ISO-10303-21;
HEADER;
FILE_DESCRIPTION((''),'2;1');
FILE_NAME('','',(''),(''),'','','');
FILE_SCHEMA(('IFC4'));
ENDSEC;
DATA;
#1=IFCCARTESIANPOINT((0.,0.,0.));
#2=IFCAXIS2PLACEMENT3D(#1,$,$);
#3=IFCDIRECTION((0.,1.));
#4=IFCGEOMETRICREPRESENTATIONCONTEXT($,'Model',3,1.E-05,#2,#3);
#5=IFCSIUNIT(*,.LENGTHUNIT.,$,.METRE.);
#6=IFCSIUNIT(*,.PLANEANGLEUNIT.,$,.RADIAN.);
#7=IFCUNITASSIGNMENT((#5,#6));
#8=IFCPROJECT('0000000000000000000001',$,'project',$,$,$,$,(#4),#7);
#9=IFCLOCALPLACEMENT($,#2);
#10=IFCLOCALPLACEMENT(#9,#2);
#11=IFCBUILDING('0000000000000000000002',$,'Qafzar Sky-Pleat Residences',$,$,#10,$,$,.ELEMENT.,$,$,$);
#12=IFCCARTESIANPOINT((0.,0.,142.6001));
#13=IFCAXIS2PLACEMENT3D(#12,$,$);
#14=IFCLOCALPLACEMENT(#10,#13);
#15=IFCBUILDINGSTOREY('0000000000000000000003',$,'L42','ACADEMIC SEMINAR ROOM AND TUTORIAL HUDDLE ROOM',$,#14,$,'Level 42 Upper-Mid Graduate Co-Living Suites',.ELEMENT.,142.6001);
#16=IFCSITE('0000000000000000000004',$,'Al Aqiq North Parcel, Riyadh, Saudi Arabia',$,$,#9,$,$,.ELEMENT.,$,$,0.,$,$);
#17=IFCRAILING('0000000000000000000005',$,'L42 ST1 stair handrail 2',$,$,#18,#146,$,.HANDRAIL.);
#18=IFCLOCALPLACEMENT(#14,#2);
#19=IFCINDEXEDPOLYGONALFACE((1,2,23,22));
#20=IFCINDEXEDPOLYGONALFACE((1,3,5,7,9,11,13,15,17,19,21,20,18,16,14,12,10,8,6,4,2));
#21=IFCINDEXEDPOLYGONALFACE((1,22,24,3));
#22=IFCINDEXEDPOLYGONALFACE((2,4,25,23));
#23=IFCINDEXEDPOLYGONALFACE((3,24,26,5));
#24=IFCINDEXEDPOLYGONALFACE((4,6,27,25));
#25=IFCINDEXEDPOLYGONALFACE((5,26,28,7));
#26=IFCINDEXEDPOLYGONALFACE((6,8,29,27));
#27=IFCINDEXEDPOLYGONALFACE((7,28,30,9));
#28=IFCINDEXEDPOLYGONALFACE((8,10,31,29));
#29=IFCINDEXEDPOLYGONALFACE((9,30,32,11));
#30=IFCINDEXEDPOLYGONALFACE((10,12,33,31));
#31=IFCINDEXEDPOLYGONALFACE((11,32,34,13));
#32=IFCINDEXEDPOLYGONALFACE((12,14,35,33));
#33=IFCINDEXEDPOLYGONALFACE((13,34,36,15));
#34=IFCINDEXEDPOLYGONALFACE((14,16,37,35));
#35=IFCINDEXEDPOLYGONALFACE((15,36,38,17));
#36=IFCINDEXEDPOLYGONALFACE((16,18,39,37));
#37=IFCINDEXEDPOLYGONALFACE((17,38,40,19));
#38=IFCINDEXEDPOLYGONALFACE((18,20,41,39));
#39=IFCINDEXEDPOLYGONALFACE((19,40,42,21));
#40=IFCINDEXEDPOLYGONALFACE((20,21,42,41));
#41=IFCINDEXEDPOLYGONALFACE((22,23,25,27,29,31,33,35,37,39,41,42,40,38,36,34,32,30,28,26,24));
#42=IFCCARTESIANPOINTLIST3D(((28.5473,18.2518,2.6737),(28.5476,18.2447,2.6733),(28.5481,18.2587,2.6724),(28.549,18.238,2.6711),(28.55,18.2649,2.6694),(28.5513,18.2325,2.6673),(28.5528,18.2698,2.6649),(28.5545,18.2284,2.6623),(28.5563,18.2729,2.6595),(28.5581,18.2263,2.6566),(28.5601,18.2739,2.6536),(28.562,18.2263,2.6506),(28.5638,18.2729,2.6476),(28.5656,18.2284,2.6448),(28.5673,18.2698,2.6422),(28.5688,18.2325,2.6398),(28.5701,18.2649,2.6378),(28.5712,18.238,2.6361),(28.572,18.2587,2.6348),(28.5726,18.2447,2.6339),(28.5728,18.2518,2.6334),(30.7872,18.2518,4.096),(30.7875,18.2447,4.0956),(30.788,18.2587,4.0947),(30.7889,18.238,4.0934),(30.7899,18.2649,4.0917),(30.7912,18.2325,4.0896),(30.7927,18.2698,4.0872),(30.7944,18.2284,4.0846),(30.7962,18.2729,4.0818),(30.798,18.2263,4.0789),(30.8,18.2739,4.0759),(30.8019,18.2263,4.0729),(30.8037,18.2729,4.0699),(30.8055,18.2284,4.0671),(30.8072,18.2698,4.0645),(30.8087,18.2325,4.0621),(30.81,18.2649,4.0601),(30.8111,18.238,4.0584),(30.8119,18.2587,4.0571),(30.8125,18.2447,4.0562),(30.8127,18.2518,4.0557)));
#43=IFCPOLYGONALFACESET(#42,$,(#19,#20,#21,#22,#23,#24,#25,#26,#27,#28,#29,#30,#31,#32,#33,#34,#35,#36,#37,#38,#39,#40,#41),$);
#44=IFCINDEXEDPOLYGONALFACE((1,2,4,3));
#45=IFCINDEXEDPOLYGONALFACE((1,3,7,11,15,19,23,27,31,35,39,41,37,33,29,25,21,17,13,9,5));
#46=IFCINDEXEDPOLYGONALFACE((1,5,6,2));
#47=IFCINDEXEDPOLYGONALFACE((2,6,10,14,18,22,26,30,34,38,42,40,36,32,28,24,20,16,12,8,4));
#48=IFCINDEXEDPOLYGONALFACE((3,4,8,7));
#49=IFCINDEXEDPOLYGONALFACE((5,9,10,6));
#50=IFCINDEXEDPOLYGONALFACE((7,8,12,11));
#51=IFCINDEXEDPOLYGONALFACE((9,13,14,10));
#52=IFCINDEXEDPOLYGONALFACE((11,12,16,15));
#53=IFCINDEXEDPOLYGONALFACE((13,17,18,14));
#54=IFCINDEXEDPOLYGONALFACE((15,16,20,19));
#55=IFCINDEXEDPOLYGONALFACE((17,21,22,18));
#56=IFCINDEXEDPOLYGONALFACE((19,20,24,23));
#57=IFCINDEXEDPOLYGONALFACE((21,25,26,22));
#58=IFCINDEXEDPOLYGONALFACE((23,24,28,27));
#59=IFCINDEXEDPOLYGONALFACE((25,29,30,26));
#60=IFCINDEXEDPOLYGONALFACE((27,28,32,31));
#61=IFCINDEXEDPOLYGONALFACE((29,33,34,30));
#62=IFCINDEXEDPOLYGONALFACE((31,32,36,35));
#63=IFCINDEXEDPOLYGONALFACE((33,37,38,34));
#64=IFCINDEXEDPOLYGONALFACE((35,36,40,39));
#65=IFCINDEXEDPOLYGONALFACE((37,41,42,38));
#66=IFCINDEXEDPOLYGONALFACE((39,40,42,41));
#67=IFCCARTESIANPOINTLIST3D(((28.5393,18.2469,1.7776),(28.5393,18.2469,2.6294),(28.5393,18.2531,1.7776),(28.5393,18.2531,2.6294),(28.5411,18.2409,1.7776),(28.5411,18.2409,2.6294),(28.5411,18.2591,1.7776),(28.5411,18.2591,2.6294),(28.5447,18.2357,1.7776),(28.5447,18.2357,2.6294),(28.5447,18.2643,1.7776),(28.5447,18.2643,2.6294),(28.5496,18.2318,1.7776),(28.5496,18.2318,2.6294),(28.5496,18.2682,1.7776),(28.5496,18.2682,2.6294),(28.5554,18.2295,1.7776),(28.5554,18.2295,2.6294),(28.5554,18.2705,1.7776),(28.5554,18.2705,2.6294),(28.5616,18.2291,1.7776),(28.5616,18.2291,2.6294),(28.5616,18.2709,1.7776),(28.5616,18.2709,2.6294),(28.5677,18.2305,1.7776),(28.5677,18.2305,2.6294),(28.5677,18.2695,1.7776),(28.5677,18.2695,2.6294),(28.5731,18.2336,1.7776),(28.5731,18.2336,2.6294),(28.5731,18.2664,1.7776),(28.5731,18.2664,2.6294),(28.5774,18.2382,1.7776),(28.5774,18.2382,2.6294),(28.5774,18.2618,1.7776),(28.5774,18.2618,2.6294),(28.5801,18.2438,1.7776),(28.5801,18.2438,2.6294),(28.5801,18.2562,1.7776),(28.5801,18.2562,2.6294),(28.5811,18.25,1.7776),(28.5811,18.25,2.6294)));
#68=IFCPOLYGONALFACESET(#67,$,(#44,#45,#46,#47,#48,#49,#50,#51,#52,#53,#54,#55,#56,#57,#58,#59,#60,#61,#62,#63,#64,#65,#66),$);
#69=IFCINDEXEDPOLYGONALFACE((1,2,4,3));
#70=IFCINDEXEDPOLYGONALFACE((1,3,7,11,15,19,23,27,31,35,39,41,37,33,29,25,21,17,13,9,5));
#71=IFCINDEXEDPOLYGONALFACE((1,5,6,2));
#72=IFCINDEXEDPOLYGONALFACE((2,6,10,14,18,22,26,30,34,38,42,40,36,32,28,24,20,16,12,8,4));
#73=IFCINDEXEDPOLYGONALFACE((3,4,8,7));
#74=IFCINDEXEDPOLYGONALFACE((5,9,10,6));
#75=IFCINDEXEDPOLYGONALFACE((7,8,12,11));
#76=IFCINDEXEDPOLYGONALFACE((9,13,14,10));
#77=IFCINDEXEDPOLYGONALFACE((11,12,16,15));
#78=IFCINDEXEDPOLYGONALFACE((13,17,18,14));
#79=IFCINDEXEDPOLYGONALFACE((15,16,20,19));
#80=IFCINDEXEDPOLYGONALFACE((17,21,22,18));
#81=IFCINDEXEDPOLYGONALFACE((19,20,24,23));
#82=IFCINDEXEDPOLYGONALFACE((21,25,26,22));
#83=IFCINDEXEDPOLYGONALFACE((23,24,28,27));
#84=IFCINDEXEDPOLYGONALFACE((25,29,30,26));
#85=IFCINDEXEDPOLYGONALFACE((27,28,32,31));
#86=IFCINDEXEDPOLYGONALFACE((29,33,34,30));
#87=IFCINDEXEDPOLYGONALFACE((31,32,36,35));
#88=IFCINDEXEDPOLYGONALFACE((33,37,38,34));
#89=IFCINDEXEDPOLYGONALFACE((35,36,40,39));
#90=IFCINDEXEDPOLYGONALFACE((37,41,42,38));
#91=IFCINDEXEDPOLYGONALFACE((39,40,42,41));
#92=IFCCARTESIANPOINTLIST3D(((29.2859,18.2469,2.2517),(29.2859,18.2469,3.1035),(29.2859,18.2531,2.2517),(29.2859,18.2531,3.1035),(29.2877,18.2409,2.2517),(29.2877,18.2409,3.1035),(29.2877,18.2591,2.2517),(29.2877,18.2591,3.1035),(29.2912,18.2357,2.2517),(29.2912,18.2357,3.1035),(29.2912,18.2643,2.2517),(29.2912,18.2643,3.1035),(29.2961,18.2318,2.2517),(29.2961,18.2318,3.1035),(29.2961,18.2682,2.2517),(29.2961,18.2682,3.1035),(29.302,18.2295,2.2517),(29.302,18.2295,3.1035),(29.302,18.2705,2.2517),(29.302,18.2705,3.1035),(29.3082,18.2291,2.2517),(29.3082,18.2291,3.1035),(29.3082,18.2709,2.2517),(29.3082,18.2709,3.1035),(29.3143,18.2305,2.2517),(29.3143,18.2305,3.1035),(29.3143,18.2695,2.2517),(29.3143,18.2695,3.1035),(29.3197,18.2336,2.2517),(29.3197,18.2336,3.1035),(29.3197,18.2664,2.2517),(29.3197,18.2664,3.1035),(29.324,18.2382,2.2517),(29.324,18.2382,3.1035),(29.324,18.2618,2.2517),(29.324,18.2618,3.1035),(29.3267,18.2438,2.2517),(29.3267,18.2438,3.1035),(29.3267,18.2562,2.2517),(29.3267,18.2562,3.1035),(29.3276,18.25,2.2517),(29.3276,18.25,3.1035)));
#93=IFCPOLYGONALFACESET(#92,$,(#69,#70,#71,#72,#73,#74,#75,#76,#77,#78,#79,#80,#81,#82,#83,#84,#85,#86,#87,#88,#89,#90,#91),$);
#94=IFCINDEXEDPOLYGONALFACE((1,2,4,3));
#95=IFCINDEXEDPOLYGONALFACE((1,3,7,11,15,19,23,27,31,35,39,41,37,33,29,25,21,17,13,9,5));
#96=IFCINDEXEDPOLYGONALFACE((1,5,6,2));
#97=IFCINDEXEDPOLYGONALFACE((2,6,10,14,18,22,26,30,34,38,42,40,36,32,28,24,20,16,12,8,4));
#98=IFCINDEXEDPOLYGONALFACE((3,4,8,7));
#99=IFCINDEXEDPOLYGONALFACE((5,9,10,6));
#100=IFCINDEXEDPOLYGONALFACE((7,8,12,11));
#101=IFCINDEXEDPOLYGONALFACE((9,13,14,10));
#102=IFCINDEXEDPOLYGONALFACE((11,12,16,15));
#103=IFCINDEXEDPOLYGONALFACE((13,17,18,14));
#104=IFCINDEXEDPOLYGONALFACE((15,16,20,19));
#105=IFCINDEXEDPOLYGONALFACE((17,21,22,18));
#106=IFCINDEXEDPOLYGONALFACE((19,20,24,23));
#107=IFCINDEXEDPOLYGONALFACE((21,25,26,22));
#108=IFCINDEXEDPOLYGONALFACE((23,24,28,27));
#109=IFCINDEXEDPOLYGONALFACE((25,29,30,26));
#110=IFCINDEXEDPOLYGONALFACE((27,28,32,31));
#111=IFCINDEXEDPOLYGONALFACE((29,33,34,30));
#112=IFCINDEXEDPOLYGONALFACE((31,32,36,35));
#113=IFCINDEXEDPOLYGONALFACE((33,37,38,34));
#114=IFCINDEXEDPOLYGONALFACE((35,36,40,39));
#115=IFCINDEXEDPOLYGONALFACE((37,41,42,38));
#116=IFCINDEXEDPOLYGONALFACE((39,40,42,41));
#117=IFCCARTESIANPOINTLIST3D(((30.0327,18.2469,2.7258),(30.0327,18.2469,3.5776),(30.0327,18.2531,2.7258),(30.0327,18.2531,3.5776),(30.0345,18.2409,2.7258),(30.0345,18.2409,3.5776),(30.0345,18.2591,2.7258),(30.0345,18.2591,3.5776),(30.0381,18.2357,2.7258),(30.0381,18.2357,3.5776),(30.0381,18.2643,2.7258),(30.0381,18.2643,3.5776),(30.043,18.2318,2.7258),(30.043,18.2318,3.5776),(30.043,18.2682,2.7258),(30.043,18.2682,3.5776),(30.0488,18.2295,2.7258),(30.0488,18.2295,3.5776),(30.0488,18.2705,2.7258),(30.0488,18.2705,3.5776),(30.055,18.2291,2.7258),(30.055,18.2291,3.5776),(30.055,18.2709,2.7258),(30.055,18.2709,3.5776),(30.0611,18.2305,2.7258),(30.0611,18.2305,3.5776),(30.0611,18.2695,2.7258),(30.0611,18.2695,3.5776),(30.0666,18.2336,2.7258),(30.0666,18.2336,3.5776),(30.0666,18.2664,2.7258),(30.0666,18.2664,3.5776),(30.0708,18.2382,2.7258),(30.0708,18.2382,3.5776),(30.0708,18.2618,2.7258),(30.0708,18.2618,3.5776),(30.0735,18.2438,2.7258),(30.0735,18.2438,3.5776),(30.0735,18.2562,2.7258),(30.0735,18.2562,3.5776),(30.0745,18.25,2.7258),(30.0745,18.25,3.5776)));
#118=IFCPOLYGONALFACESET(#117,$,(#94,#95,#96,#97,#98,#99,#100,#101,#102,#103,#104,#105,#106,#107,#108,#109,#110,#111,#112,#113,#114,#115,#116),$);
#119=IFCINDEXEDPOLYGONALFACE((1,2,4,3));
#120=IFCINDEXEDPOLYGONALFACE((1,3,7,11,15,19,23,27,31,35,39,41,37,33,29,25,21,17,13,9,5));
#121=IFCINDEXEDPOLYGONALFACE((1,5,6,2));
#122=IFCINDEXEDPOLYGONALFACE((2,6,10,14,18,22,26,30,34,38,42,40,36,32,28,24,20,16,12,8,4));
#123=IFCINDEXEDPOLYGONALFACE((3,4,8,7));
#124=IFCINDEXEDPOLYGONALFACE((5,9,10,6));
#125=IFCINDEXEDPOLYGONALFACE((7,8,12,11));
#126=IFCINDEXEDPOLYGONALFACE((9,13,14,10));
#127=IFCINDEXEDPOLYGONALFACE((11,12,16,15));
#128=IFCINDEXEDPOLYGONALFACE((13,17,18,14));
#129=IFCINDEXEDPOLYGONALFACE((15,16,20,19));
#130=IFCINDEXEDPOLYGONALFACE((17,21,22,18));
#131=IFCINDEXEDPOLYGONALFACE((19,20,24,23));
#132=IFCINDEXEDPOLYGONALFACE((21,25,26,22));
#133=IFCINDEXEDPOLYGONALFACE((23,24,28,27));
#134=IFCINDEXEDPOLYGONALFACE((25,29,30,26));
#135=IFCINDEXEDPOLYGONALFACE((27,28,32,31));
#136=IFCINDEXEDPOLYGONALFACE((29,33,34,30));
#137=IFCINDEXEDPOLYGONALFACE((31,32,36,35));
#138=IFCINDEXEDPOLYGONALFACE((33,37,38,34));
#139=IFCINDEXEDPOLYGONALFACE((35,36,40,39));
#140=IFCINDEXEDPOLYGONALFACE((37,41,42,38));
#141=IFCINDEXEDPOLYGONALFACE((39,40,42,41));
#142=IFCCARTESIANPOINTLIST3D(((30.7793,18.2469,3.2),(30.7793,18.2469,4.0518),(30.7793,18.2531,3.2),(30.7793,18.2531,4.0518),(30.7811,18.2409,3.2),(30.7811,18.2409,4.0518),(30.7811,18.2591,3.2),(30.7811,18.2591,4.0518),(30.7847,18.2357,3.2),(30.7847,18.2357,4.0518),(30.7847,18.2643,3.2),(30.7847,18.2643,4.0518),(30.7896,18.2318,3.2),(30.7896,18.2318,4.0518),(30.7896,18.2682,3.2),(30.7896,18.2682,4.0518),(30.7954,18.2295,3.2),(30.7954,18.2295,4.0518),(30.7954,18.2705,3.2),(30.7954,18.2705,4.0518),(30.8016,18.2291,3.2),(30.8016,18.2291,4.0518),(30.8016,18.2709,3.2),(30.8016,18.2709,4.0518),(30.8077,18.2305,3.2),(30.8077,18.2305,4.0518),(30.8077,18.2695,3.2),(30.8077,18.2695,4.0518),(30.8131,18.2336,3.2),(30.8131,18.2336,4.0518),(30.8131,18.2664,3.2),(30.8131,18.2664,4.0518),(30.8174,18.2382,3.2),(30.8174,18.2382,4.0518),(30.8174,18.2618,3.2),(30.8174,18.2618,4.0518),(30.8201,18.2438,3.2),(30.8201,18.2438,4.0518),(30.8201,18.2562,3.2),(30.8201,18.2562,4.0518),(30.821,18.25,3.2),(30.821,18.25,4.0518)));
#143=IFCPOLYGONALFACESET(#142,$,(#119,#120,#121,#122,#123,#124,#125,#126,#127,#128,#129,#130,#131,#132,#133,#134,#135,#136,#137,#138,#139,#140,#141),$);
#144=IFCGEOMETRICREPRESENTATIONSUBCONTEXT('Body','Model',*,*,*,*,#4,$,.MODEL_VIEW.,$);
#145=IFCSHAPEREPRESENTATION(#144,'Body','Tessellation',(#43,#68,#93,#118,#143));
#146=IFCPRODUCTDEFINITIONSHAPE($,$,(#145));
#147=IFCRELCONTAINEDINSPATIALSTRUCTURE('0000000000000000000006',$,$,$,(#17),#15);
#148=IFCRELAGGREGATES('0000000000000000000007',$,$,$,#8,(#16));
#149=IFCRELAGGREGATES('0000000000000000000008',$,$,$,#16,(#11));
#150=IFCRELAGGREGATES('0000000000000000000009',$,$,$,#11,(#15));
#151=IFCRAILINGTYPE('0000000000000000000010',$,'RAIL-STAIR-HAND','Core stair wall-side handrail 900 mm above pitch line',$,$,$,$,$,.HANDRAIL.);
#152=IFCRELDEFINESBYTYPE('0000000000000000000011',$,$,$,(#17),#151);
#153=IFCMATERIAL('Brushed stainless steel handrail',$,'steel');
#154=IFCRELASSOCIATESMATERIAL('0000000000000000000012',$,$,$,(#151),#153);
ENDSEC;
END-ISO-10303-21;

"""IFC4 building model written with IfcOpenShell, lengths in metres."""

from ifc_helpers import new_model, si_unit, direction, frame, origin, origin_2d, place, context, subcontext, project, spatial, circle, extrude, source, transform, mapped, material, type_object, element, save


model = new_model("IFC4")

# Units and contexts
model_context = context("Model", 3, precision=1e-05, world=origin(), true_north=direction((0.0, 1.0)))
body_context = subcontext(model_context, "Body", "Model", "MODEL_VIEW")
ifc_project = project(units=[si_unit("LENGTHUNIT", "METRE"), si_unit("PLANEANGLEUNIT", "RADIAN")], contexts=[model_context])

# Site, building, storey
site_placement = place(None, origin())
site = spatial("IfcSite", under=ifc_project, at=site_placement, Name="Al Aqiq North Parcel, Riyadh, Saudi Arabia", CompositionType="ELEMENT", RefElevation=0.0)
building_placement = place(site_placement, origin())
building = spatial("IfcBuilding", under=site, at=building_placement, Name="Qafzar Sky-Pleat Residences", CompositionType="ELEMENT")
storey_placement = place(building_placement, frame((0.0, 0.0, 142.6001)))
storey = spatial("IfcBuildingStorey", under=building, at=storey_placement, Name="L42", Description="ACADEMIC SEMINAR ROOM AND TUTORIAL HUDDLE ROOM", LongName="Level 42 Upper-Mid Graduate Co-Living Suites", CompositionType="ELEMENT", Elevation=142.6001)

# Railing
ifc_material_1 = material(Name="Brushed stainless steel handrail", Category="steel")
railing_type_1 = type_object("IfcRailingType", Name="RAIL-STAIR-HAND", Description="Core stair wall-side handrail 900 mm above pitch line", PredefinedType="HANDRAIL", material=ifc_material_1)
shared_shape_1 = source(origin(), body_context, "Body", "SweptSolid", [
    extrude(circle(Radius=0.0239, at=origin_2d()), frame((0.0, 0.0, 0.876), z_axis=(0.844188, 0.0, 0.536048), x_axis=(0.0, 1.0, 0.0)), (0.0, 0.0, 1.0), 2.6533),
    extrude(circle(Radius=0.021, at=origin_2d()), origin(), (0.0, 0.0, 1.0), 0.8518),
    extrude(circle(Radius=0.021, at=origin_2d()), frame((0.7466, 0.0, 0.4741)), (0.0, 0.0, 1.0), 0.8518),
    extrude(circle(Radius=0.021, at=origin_2d()), frame((1.4934, 0.0, 0.9482)), (0.0, 0.0, 1.0), 0.8518),
    extrude(circle(Radius=0.021, at=origin_2d()), frame((2.24, 0.0, 1.4224)), (0.0, 0.0, 1.0), 0.8518),
])
railing_1_placement = place(storey_placement, frame((28.5601, 18.25, 1.7776)))
element("IfcRailing", 1, at=railing_1_placement, inside=storey, type_object=railing_type_1, Name="L42 ST1 stair handrail 2", PredefinedType="HANDRAIL", context=body_context, shape_type="MappedRepresentation", body=[
    mapped(shared_shape_1, transform((0.0, 0.0, 0.0), x_axis=(1.0, 0.0, 0.0), y_axis=(0.0, 1.0, 0.0), z_axis=(0.0, 0.0, 1.0), scale=1.0)),
])

save(model, "model.ifc")
